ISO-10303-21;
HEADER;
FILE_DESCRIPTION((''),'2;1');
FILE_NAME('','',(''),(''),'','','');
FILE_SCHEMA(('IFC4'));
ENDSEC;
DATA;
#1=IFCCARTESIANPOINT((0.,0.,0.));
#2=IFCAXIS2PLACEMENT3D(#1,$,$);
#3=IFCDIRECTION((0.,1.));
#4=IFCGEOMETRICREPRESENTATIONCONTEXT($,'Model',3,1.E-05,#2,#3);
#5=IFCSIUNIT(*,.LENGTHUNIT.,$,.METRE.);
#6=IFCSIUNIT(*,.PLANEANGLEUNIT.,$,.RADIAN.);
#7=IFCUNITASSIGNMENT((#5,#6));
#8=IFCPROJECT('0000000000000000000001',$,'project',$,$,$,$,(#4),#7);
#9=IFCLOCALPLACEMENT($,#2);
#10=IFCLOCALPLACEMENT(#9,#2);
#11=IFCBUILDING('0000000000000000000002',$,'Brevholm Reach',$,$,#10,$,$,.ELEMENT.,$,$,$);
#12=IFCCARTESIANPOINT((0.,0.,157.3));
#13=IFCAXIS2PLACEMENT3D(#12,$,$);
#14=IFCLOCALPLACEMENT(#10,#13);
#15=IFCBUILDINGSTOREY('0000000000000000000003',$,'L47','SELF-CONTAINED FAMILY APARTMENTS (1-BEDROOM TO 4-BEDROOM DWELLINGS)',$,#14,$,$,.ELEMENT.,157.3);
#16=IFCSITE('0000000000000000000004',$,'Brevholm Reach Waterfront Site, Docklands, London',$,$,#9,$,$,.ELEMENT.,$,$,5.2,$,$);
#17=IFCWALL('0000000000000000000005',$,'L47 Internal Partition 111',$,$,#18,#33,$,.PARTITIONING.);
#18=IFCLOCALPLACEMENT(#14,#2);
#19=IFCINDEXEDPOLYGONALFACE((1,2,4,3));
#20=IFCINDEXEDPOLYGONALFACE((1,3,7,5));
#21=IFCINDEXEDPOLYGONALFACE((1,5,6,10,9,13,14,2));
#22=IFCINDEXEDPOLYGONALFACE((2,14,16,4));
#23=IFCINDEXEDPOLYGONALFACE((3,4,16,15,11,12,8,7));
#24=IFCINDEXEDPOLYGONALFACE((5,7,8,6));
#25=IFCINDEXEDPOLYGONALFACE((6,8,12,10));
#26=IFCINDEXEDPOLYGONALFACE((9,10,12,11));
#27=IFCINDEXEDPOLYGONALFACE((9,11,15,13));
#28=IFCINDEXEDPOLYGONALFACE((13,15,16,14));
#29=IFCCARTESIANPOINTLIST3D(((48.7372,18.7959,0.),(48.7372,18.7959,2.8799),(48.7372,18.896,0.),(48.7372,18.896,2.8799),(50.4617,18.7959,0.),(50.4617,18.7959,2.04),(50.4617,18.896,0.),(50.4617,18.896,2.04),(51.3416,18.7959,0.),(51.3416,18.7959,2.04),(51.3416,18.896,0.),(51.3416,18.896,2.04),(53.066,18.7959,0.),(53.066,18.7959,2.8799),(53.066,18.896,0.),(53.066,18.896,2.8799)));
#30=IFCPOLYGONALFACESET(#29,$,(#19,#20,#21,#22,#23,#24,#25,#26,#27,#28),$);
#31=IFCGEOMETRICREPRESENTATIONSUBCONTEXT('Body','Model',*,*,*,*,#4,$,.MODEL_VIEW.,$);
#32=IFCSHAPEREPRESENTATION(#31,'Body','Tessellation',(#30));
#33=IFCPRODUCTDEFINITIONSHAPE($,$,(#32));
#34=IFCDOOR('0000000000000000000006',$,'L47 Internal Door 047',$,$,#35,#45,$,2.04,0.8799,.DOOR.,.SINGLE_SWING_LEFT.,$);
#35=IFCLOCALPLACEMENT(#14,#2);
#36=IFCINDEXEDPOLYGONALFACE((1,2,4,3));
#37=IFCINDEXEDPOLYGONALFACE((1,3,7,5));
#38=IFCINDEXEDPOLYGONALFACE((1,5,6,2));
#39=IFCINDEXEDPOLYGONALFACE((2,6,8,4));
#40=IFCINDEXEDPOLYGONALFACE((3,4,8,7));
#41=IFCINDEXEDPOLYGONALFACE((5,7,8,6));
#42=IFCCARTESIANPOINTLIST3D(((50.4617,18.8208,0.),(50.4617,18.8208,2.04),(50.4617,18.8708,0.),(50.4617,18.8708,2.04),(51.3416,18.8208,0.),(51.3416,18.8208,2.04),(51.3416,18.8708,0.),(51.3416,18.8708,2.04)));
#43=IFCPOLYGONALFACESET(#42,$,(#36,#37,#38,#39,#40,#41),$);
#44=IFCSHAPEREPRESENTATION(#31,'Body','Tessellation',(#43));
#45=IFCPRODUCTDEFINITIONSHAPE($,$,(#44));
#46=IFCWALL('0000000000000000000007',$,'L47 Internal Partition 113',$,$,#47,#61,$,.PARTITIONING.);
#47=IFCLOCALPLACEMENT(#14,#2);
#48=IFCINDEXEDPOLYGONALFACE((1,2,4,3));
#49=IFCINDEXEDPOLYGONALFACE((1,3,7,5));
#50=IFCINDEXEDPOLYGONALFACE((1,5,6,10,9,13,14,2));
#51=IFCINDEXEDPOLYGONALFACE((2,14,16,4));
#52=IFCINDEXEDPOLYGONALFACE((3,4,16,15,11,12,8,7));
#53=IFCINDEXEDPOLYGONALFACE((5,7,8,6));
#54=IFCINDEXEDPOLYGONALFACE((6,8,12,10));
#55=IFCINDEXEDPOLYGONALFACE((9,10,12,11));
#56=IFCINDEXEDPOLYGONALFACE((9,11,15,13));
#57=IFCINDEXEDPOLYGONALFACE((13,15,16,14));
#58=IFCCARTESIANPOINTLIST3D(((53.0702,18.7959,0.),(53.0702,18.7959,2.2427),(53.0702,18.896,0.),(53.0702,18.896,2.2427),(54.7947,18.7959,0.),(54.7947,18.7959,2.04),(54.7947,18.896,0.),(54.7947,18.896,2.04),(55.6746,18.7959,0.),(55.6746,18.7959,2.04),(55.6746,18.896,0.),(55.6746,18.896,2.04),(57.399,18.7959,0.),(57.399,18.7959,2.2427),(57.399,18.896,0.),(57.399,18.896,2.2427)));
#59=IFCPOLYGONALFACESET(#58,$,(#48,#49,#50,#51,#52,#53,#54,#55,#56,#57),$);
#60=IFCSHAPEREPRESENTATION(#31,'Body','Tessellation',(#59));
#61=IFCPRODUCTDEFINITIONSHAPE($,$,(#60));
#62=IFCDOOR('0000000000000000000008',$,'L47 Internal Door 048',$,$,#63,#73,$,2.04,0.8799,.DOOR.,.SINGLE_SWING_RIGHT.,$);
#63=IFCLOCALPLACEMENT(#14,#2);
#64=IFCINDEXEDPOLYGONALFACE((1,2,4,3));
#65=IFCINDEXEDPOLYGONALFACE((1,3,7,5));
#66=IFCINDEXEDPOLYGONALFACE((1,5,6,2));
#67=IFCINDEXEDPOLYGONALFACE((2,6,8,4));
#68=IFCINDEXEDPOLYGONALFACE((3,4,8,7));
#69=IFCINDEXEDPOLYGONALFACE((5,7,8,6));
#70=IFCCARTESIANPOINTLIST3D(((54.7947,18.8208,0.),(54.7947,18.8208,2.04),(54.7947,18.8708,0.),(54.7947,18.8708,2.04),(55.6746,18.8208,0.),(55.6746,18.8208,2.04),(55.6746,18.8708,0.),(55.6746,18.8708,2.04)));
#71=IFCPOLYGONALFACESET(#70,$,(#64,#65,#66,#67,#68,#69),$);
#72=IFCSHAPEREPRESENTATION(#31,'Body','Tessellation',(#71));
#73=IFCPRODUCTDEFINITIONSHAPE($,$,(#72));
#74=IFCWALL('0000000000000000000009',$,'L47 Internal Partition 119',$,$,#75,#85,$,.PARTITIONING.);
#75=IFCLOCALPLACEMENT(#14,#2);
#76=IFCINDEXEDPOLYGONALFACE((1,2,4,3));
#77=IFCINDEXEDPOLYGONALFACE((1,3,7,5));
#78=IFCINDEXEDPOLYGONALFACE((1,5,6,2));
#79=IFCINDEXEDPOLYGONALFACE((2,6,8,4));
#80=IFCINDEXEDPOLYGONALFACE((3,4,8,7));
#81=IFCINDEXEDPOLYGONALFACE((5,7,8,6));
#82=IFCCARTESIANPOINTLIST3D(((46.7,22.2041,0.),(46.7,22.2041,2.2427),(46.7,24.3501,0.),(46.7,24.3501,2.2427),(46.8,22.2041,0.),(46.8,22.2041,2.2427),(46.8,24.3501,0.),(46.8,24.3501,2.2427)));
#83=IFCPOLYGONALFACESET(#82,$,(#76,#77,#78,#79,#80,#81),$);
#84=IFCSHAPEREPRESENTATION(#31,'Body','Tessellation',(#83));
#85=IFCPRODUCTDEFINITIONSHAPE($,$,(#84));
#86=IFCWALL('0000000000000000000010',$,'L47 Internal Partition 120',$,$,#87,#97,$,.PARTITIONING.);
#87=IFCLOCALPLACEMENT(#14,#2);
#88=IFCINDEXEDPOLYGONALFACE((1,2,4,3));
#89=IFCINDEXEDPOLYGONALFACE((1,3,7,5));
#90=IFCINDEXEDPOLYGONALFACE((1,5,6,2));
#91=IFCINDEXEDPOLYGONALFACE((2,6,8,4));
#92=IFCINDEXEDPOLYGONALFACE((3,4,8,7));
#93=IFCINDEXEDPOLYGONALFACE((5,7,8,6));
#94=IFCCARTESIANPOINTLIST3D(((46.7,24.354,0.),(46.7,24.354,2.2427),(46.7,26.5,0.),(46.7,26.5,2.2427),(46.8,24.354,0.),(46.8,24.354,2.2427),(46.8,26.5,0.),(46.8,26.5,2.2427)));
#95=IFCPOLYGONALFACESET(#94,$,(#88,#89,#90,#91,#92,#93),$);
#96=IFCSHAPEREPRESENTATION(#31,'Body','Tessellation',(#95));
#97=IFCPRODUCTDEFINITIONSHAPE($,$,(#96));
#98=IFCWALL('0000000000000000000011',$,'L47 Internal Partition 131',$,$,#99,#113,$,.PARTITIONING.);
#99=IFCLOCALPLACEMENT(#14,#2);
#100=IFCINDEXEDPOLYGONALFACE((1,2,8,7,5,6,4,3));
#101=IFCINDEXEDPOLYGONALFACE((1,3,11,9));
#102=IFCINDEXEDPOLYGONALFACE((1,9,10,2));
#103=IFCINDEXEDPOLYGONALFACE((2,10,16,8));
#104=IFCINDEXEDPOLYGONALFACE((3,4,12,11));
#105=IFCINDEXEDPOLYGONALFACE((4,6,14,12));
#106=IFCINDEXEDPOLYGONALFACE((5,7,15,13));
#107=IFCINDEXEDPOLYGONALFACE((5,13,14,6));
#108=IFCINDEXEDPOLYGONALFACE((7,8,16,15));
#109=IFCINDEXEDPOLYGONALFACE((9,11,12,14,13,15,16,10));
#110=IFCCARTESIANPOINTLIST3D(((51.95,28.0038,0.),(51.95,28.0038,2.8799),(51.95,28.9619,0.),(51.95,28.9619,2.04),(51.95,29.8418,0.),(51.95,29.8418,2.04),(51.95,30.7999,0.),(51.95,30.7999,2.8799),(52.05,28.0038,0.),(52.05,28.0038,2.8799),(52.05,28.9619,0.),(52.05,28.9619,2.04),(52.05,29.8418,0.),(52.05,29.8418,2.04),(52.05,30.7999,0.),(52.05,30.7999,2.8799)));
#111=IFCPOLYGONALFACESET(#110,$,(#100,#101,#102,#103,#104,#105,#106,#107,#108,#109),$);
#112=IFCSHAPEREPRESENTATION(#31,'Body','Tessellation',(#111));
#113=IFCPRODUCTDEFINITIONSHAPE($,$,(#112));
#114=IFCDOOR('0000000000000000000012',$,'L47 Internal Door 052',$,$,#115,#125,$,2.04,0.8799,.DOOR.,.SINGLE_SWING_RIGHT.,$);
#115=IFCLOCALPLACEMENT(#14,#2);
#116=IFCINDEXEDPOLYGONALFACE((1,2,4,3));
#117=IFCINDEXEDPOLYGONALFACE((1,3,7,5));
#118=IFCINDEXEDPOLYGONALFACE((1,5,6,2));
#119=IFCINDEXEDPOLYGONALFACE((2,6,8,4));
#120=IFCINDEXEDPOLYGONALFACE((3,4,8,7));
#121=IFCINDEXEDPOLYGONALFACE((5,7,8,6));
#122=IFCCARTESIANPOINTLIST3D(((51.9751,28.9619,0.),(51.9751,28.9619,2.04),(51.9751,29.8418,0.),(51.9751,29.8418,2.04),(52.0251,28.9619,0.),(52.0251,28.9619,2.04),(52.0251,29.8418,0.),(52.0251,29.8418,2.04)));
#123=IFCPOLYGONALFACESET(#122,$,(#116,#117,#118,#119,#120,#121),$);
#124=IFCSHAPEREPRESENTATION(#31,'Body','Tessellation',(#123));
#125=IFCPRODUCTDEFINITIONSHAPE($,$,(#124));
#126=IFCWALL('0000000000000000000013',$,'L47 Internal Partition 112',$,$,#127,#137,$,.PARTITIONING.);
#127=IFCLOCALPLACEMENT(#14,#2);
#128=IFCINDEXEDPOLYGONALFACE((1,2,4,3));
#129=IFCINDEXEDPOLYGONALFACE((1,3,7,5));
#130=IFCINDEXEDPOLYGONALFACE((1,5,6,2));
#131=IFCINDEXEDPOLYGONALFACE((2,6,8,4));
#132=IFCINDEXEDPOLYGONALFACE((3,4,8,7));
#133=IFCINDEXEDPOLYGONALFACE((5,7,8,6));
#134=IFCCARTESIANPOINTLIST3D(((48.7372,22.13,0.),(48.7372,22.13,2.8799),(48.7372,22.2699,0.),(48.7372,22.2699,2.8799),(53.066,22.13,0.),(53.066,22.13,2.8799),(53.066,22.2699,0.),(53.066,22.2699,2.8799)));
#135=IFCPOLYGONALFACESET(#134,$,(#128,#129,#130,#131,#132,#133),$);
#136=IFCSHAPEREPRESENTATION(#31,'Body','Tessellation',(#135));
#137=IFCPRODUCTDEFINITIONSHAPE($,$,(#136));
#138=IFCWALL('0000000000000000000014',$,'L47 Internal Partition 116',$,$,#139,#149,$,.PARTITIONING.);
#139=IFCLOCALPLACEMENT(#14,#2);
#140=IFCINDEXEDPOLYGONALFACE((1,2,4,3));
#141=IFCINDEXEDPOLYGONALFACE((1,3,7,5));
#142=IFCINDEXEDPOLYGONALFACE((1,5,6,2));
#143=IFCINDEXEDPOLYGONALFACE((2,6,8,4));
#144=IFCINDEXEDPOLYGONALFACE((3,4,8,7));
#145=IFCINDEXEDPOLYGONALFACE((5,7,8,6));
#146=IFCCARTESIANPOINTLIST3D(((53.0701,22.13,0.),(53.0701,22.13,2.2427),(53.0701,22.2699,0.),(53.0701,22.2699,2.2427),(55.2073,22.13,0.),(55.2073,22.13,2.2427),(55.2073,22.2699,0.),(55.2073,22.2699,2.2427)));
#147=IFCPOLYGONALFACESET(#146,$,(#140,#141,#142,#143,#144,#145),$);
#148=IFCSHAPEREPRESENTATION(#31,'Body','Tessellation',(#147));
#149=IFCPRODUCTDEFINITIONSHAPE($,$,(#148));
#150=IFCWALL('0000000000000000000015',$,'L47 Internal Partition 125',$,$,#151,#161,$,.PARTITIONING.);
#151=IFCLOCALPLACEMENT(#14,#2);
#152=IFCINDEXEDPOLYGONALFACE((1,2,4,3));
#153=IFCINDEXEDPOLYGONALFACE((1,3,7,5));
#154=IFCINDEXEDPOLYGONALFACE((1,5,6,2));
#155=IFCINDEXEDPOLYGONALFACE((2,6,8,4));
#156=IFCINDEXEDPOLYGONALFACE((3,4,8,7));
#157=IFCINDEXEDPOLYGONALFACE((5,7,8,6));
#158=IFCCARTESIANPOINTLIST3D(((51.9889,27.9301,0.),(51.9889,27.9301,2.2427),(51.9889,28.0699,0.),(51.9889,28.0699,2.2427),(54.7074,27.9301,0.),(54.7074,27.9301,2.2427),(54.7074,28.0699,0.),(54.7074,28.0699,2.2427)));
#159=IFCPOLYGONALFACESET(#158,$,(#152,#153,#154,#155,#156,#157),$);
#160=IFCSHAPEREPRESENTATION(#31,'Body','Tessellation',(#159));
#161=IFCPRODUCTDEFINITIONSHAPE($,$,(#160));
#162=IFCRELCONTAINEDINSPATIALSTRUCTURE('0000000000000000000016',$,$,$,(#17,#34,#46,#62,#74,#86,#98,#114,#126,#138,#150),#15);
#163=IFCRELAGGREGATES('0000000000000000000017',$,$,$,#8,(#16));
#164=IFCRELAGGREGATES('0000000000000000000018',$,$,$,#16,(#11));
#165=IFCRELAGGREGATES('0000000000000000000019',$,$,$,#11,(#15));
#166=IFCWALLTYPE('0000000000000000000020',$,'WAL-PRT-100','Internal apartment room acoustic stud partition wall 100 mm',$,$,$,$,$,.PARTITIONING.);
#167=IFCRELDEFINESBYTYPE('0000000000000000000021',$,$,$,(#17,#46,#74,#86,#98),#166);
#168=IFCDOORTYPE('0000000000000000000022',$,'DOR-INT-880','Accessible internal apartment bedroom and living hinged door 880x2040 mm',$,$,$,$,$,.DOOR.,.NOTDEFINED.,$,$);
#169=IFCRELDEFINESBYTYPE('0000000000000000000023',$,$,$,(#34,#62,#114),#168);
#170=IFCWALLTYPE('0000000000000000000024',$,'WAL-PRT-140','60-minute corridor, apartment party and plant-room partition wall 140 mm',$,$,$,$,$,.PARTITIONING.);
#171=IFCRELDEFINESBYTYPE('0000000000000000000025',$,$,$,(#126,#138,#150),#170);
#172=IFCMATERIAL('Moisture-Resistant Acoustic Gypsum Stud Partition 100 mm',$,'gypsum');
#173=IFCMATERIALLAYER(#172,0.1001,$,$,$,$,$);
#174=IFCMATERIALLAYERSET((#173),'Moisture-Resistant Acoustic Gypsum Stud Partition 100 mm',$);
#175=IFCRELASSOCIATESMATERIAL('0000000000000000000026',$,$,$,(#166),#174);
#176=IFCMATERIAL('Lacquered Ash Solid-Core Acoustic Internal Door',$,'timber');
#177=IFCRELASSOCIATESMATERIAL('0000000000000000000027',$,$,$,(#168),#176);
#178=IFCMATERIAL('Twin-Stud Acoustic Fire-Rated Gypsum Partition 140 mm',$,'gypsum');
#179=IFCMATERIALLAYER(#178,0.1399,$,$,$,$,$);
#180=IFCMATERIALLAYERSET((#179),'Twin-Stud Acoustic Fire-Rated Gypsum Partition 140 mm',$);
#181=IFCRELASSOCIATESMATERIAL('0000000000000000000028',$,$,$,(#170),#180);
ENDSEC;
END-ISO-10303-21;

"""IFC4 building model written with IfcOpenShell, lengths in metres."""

from ifc_helpers import new_model, si_unit, direction, frame, frame_2d, origin, place, context, subcontext, project, spatial, rectangle, extrude, material, layer, layer_set, type_object, element, fill, save


model = new_model("IFC4")

# Units and contexts
model_context = context("Model", 3, precision=1e-05, world=origin(), true_north=direction((0.0, 1.0)))
body_context = subcontext(model_context, "Body", "Model", "MODEL_VIEW")
ifc_project = project(units=[si_unit("LENGTHUNIT", "METRE"), si_unit("PLANEANGLEUNIT", "RADIAN")], contexts=[model_context])

# Site, building, storey
site_placement = place(None, origin())
site = spatial("IfcSite", under=ifc_project, at=site_placement, Name="Brevholm Reach Waterfront Site, Docklands, London", CompositionType="ELEMENT", RefElevation=5.2)
building_placement = place(site_placement, origin())
building = spatial("IfcBuilding", under=site, at=building_placement, Name="Brevholm Reach", CompositionType="ELEMENT")
storey_placement = place(building_placement, frame((0.0, 0.0, 157.3)))
storey = spatial("IfcBuildingStorey", under=building, at=storey_placement, Name="L47", Description="SELF-CONTAINED FAMILY APARTMENTS (1-BEDROOM TO 4-BEDROOM DWELLINGS)", CompositionType="ELEMENT", Elevation=157.3)

# Shared definitions
ifc_material_1 = material(Name="Moisture-Resistant Acoustic Gypsum Stud Partition 100 mm", Category="gypsum")
ifc_layer_1 = layer(ifc_material_1, 0.1001)
ifc_layer_set_1 = layer_set([ifc_layer_1], Name="Moisture-Resistant Acoustic Gypsum Stud Partition 100 mm")
wall_type_1 = type_object("IfcWallType", Name="WAL-PRT-100", Description="Internal apartment room acoustic stud partition wall 100 mm", PredefinedType="PARTITIONING", material=ifc_layer_set_1)

# Walls, openings, doors
wall_1_placement = place(storey_placement, frame((48.7371, 18.8459, 0.0), z_axis=(0.0, 0.0, 1.0), x_axis=(1.0, 0.0, 0.0)))
wall_1 = element("IfcWall", 1, at=wall_1_placement, inside=storey, type_object=wall_type_1, Name="L47 Internal Partition 111", PredefinedType="PARTITIONING", context=body_context, shape_type="SweptSolid", body=[
    extrude(rectangle(XDim=4.3289, YDim=0.1001, at=frame_2d((2.1646, 0.0))), origin(), (0.0, 0.0, 1.0), 2.8799),
])
opening_1_placement = place(wall_1_placement, frame((1.7246, 0.0, 0.0)))
opening_1 = element("IfcOpeningElement", 2, at=opening_1_placement, cuts=wall_1, PredefinedType="OPENING", context=body_context, shape_type="SweptSolid", body=[
    extrude(rectangle(XDim=0.8799, YDim=2.04, at=frame_2d((0.4399, 1.02))), frame((0.0, 0.0601, 0.0), z_axis=(0.0, -1.0, 0.0), x_axis=(1.0, 0.0, 0.0)), (0.0, 0.0, 1.0), 0.1201),
])
ifc_material_2 = material(Name="Lacquered Ash Solid-Core Acoustic Internal Door", Category="timber")
door_type = type_object("IfcDoorType", Name="DOR-INT-880", Description="Accessible internal apartment bedroom and living hinged door 880x2040 mm", OperationType="NOTDEFINED", PredefinedType="DOOR", material=ifc_material_2)
door_1_placement = place(opening_1_placement, origin())
door_1 = element("IfcDoor", 3, at=door_1_placement, inside=storey, type_object=door_type, Name="L47 Internal Door 047", OperationType="SINGLE_SWING_LEFT", OverallHeight=2.04, OverallWidth=0.8799, PredefinedType="DOOR", context=body_context, shape_type="SweptSolid", body=[
    extrude(rectangle(XDim=0.8799, YDim=2.04, at=frame_2d((0.4399, 1.02))), frame((0.0, 0.0249, 0.0), z_axis=(0.0, -1.0, 0.0), x_axis=(1.0, 0.0, 0.0)), (0.0, 0.0, 1.0), 0.05),
])
fill(opening_1, door_1)
wall_2_placement = place(storey_placement, frame((53.0701, 18.8459, 0.0), z_axis=(0.0, 0.0, 1.0), x_axis=(1.0, 0.0, 0.0)))
wall_2 = element("IfcWall", 4, at=wall_2_placement, inside=storey, type_object=wall_type_1, Name="L47 Internal Partition 113", PredefinedType="PARTITIONING", context=body_context, shape_type="SweptSolid", body=[
    extrude(rectangle(XDim=4.3289, YDim=0.1001, at=frame_2d((2.1646, 0.0))), origin(), (0.0, 0.0, 1.0), 2.2427),
])
opening_2_placement = place(wall_2_placement, frame((1.7246, 0.0, 0.0)))
opening_2 = element("IfcOpeningElement", 5, at=opening_2_placement, cuts=wall_2, PredefinedType="OPENING", context=body_context, shape_type="SweptSolid", body=[
    extrude(rectangle(XDim=0.8799, YDim=2.04, at=frame_2d((0.4399, 1.02))), frame((0.0, 0.0601, 0.0), z_axis=(0.0, -1.0, 0.0), x_axis=(1.0, 0.0, 0.0)), (0.0, 0.0, 1.0), 0.1201),
])
door_2_placement = place(opening_2_placement, origin())
door_2 = element("IfcDoor", 6, at=door_2_placement, inside=storey, type_object=door_type, Name="L47 Internal Door 048", OperationType="SINGLE_SWING_RIGHT", OverallHeight=2.04, OverallWidth=0.8799, PredefinedType="DOOR", context=body_context, shape_type="SweptSolid", body=[
    extrude(rectangle(XDim=0.8799, YDim=2.04, at=frame_2d((0.4399, 1.02))), frame((0.0, 0.0249, 0.0), z_axis=(0.0, -1.0, 0.0), x_axis=(1.0, 0.0, 0.0)), (0.0, 0.0, 1.0), 0.05),
])
fill(opening_2, door_2)

# Walls
for number, where, z_axis, x_axis, name in (
    (7, (46.75, 22.2041, 0.0), (0.0, 0.0, 1.0), (0.0, 1.0, 0.0), "L47 Internal Partition 119"),
    (8, (46.75, 24.354, 0.0), (0.0, 0.0, 1.0), (0.0, 1.0, 0.0), "L47 Internal Partition 120"),
):
    element("IfcWall", number, at=place(storey_placement, frame(where, z_axis=z_axis, x_axis=x_axis)), inside=storey, type_object=wall_type_1, Name=name, PredefinedType="PARTITIONING", context=body_context, shape_type="SweptSolid", body=[
        extrude(rectangle(XDim=2.146, YDim=0.1001, at=frame_2d((1.073, 0.0))), origin(), (0.0, 0.0, 1.0), 2.2427),
    ])

# Wall, opening, door
wall_3_placement = place(storey_placement, frame((52.0, 28.0039, 0.0), z_axis=(0.0, 0.0, 1.0), x_axis=(0.0, 1.0, 0.0)))
wall_3 = element("IfcWall", 9, at=wall_3_placement, inside=storey, type_object=wall_type_1, Name="L47 Internal Partition 131", PredefinedType="PARTITIONING", context=body_context, shape_type="SweptSolid", body=[
    extrude(rectangle(XDim=2.7961, YDim=0.1001, at=frame_2d((1.3979, 0.0))), origin(), (0.0, 0.0, 1.0), 2.8799),
])
opening_3_placement = place(wall_3_placement, frame((0.958, 0.0, 0.0)))
opening_3 = element("IfcOpeningElement", 10, at=opening_3_placement, cuts=wall_3, PredefinedType="OPENING", context=body_context, shape_type="SweptSolid", body=[
    extrude(rectangle(XDim=0.8799, YDim=2.04, at=frame_2d((0.4399, 1.02))), frame((0.0, 0.0601, 0.0), z_axis=(0.0, -1.0, 0.0), x_axis=(1.0, 0.0, 0.0)), (0.0, 0.0, 1.0), 0.1201),
])
door_3_placement = place(opening_3_placement, origin())
door_3 = element("IfcDoor", 11, at=door_3_placement, inside=storey, type_object=door_type, Name="L47 Internal Door 052", OperationType="SINGLE_SWING_RIGHT", OverallHeight=2.04, OverallWidth=0.8799, PredefinedType="DOOR", context=body_context, shape_type="SweptSolid", body=[
    extrude(rectangle(XDim=0.8799, YDim=2.04, at=frame_2d((0.4399, 1.02))), frame((0.0, 0.0249, 0.0), z_axis=(0.0, -1.0, 0.0), x_axis=(1.0, 0.0, 0.0)), (0.0, 0.0, 1.0), 0.05),
])
fill(opening_3, door_3)

# Walls
ifc_material_3 = material(Name="Twin-Stud Acoustic Fire-Rated Gypsum Partition 140 mm", Category="gypsum")
ifc_layer_2 = layer(ifc_material_3, 0.1399)
ifc_layer_set_2 = layer_set([ifc_layer_2], Name="Twin-Stud Acoustic Fire-Rated Gypsum Partition 140 mm")
wall_type_2 = type_object("IfcWallType", Name="WAL-PRT-140", Description="60-minute corridor, apartment party and plant-room partition wall 140 mm", PredefinedType="PARTITIONING", material=ifc_layer_set_2)
wall_4_placement = place(storey_placement, frame((48.7371, 22.2, 0.0), z_axis=(0.0, 0.0, 1.0), x_axis=(1.0, 0.0, 0.0)))
element("IfcWall", 12, at=wall_4_placement, inside=storey, type_object=wall_type_2, Name="L47 Internal Partition 112", PredefinedType="PARTITIONING", context=body_context, shape_type="SweptSolid", body=[
    extrude(rectangle(XDim=4.3289, YDim=0.1399, at=frame_2d((2.1646, 0.0))), origin(), (0.0, 0.0, 1.0), 2.8799),
])
wall_5_placement = place(storey_placement, frame((53.0701, 22.2, 0.0), z_axis=(0.0, 0.0, 1.0), x_axis=(1.0, 0.0, 0.0)))
element("IfcWall", 13, at=wall_5_placement, inside=storey, type_object=wall_type_2, Name="L47 Internal Partition 116", PredefinedType="PARTITIONING", context=body_context, shape_type="SweptSolid", body=[
    extrude(rectangle(XDim=2.1372, YDim=0.1399, at=frame_2d((1.0686, 0.0))), origin(), (0.0, 0.0, 1.0), 2.2427),
])
wall_6_placement = place(storey_placement, frame((51.9888, 28.0, 0.0), z_axis=(0.0, 0.0, 1.0), x_axis=(1.0, 0.0, 0.0)))
element("IfcWall", 14, at=wall_6_placement, inside=storey, type_object=wall_type_2, Name="L47 Internal Partition 125", PredefinedType="PARTITIONING", context=body_context, shape_type="SweptSolid", body=[
    extrude(rectangle(XDim=2.7185, YDim=0.1399, at=frame_2d((1.3594, 0.0))), origin(), (0.0, 0.0, 1.0), 2.2427),
])

save(model, "model.ifc")
